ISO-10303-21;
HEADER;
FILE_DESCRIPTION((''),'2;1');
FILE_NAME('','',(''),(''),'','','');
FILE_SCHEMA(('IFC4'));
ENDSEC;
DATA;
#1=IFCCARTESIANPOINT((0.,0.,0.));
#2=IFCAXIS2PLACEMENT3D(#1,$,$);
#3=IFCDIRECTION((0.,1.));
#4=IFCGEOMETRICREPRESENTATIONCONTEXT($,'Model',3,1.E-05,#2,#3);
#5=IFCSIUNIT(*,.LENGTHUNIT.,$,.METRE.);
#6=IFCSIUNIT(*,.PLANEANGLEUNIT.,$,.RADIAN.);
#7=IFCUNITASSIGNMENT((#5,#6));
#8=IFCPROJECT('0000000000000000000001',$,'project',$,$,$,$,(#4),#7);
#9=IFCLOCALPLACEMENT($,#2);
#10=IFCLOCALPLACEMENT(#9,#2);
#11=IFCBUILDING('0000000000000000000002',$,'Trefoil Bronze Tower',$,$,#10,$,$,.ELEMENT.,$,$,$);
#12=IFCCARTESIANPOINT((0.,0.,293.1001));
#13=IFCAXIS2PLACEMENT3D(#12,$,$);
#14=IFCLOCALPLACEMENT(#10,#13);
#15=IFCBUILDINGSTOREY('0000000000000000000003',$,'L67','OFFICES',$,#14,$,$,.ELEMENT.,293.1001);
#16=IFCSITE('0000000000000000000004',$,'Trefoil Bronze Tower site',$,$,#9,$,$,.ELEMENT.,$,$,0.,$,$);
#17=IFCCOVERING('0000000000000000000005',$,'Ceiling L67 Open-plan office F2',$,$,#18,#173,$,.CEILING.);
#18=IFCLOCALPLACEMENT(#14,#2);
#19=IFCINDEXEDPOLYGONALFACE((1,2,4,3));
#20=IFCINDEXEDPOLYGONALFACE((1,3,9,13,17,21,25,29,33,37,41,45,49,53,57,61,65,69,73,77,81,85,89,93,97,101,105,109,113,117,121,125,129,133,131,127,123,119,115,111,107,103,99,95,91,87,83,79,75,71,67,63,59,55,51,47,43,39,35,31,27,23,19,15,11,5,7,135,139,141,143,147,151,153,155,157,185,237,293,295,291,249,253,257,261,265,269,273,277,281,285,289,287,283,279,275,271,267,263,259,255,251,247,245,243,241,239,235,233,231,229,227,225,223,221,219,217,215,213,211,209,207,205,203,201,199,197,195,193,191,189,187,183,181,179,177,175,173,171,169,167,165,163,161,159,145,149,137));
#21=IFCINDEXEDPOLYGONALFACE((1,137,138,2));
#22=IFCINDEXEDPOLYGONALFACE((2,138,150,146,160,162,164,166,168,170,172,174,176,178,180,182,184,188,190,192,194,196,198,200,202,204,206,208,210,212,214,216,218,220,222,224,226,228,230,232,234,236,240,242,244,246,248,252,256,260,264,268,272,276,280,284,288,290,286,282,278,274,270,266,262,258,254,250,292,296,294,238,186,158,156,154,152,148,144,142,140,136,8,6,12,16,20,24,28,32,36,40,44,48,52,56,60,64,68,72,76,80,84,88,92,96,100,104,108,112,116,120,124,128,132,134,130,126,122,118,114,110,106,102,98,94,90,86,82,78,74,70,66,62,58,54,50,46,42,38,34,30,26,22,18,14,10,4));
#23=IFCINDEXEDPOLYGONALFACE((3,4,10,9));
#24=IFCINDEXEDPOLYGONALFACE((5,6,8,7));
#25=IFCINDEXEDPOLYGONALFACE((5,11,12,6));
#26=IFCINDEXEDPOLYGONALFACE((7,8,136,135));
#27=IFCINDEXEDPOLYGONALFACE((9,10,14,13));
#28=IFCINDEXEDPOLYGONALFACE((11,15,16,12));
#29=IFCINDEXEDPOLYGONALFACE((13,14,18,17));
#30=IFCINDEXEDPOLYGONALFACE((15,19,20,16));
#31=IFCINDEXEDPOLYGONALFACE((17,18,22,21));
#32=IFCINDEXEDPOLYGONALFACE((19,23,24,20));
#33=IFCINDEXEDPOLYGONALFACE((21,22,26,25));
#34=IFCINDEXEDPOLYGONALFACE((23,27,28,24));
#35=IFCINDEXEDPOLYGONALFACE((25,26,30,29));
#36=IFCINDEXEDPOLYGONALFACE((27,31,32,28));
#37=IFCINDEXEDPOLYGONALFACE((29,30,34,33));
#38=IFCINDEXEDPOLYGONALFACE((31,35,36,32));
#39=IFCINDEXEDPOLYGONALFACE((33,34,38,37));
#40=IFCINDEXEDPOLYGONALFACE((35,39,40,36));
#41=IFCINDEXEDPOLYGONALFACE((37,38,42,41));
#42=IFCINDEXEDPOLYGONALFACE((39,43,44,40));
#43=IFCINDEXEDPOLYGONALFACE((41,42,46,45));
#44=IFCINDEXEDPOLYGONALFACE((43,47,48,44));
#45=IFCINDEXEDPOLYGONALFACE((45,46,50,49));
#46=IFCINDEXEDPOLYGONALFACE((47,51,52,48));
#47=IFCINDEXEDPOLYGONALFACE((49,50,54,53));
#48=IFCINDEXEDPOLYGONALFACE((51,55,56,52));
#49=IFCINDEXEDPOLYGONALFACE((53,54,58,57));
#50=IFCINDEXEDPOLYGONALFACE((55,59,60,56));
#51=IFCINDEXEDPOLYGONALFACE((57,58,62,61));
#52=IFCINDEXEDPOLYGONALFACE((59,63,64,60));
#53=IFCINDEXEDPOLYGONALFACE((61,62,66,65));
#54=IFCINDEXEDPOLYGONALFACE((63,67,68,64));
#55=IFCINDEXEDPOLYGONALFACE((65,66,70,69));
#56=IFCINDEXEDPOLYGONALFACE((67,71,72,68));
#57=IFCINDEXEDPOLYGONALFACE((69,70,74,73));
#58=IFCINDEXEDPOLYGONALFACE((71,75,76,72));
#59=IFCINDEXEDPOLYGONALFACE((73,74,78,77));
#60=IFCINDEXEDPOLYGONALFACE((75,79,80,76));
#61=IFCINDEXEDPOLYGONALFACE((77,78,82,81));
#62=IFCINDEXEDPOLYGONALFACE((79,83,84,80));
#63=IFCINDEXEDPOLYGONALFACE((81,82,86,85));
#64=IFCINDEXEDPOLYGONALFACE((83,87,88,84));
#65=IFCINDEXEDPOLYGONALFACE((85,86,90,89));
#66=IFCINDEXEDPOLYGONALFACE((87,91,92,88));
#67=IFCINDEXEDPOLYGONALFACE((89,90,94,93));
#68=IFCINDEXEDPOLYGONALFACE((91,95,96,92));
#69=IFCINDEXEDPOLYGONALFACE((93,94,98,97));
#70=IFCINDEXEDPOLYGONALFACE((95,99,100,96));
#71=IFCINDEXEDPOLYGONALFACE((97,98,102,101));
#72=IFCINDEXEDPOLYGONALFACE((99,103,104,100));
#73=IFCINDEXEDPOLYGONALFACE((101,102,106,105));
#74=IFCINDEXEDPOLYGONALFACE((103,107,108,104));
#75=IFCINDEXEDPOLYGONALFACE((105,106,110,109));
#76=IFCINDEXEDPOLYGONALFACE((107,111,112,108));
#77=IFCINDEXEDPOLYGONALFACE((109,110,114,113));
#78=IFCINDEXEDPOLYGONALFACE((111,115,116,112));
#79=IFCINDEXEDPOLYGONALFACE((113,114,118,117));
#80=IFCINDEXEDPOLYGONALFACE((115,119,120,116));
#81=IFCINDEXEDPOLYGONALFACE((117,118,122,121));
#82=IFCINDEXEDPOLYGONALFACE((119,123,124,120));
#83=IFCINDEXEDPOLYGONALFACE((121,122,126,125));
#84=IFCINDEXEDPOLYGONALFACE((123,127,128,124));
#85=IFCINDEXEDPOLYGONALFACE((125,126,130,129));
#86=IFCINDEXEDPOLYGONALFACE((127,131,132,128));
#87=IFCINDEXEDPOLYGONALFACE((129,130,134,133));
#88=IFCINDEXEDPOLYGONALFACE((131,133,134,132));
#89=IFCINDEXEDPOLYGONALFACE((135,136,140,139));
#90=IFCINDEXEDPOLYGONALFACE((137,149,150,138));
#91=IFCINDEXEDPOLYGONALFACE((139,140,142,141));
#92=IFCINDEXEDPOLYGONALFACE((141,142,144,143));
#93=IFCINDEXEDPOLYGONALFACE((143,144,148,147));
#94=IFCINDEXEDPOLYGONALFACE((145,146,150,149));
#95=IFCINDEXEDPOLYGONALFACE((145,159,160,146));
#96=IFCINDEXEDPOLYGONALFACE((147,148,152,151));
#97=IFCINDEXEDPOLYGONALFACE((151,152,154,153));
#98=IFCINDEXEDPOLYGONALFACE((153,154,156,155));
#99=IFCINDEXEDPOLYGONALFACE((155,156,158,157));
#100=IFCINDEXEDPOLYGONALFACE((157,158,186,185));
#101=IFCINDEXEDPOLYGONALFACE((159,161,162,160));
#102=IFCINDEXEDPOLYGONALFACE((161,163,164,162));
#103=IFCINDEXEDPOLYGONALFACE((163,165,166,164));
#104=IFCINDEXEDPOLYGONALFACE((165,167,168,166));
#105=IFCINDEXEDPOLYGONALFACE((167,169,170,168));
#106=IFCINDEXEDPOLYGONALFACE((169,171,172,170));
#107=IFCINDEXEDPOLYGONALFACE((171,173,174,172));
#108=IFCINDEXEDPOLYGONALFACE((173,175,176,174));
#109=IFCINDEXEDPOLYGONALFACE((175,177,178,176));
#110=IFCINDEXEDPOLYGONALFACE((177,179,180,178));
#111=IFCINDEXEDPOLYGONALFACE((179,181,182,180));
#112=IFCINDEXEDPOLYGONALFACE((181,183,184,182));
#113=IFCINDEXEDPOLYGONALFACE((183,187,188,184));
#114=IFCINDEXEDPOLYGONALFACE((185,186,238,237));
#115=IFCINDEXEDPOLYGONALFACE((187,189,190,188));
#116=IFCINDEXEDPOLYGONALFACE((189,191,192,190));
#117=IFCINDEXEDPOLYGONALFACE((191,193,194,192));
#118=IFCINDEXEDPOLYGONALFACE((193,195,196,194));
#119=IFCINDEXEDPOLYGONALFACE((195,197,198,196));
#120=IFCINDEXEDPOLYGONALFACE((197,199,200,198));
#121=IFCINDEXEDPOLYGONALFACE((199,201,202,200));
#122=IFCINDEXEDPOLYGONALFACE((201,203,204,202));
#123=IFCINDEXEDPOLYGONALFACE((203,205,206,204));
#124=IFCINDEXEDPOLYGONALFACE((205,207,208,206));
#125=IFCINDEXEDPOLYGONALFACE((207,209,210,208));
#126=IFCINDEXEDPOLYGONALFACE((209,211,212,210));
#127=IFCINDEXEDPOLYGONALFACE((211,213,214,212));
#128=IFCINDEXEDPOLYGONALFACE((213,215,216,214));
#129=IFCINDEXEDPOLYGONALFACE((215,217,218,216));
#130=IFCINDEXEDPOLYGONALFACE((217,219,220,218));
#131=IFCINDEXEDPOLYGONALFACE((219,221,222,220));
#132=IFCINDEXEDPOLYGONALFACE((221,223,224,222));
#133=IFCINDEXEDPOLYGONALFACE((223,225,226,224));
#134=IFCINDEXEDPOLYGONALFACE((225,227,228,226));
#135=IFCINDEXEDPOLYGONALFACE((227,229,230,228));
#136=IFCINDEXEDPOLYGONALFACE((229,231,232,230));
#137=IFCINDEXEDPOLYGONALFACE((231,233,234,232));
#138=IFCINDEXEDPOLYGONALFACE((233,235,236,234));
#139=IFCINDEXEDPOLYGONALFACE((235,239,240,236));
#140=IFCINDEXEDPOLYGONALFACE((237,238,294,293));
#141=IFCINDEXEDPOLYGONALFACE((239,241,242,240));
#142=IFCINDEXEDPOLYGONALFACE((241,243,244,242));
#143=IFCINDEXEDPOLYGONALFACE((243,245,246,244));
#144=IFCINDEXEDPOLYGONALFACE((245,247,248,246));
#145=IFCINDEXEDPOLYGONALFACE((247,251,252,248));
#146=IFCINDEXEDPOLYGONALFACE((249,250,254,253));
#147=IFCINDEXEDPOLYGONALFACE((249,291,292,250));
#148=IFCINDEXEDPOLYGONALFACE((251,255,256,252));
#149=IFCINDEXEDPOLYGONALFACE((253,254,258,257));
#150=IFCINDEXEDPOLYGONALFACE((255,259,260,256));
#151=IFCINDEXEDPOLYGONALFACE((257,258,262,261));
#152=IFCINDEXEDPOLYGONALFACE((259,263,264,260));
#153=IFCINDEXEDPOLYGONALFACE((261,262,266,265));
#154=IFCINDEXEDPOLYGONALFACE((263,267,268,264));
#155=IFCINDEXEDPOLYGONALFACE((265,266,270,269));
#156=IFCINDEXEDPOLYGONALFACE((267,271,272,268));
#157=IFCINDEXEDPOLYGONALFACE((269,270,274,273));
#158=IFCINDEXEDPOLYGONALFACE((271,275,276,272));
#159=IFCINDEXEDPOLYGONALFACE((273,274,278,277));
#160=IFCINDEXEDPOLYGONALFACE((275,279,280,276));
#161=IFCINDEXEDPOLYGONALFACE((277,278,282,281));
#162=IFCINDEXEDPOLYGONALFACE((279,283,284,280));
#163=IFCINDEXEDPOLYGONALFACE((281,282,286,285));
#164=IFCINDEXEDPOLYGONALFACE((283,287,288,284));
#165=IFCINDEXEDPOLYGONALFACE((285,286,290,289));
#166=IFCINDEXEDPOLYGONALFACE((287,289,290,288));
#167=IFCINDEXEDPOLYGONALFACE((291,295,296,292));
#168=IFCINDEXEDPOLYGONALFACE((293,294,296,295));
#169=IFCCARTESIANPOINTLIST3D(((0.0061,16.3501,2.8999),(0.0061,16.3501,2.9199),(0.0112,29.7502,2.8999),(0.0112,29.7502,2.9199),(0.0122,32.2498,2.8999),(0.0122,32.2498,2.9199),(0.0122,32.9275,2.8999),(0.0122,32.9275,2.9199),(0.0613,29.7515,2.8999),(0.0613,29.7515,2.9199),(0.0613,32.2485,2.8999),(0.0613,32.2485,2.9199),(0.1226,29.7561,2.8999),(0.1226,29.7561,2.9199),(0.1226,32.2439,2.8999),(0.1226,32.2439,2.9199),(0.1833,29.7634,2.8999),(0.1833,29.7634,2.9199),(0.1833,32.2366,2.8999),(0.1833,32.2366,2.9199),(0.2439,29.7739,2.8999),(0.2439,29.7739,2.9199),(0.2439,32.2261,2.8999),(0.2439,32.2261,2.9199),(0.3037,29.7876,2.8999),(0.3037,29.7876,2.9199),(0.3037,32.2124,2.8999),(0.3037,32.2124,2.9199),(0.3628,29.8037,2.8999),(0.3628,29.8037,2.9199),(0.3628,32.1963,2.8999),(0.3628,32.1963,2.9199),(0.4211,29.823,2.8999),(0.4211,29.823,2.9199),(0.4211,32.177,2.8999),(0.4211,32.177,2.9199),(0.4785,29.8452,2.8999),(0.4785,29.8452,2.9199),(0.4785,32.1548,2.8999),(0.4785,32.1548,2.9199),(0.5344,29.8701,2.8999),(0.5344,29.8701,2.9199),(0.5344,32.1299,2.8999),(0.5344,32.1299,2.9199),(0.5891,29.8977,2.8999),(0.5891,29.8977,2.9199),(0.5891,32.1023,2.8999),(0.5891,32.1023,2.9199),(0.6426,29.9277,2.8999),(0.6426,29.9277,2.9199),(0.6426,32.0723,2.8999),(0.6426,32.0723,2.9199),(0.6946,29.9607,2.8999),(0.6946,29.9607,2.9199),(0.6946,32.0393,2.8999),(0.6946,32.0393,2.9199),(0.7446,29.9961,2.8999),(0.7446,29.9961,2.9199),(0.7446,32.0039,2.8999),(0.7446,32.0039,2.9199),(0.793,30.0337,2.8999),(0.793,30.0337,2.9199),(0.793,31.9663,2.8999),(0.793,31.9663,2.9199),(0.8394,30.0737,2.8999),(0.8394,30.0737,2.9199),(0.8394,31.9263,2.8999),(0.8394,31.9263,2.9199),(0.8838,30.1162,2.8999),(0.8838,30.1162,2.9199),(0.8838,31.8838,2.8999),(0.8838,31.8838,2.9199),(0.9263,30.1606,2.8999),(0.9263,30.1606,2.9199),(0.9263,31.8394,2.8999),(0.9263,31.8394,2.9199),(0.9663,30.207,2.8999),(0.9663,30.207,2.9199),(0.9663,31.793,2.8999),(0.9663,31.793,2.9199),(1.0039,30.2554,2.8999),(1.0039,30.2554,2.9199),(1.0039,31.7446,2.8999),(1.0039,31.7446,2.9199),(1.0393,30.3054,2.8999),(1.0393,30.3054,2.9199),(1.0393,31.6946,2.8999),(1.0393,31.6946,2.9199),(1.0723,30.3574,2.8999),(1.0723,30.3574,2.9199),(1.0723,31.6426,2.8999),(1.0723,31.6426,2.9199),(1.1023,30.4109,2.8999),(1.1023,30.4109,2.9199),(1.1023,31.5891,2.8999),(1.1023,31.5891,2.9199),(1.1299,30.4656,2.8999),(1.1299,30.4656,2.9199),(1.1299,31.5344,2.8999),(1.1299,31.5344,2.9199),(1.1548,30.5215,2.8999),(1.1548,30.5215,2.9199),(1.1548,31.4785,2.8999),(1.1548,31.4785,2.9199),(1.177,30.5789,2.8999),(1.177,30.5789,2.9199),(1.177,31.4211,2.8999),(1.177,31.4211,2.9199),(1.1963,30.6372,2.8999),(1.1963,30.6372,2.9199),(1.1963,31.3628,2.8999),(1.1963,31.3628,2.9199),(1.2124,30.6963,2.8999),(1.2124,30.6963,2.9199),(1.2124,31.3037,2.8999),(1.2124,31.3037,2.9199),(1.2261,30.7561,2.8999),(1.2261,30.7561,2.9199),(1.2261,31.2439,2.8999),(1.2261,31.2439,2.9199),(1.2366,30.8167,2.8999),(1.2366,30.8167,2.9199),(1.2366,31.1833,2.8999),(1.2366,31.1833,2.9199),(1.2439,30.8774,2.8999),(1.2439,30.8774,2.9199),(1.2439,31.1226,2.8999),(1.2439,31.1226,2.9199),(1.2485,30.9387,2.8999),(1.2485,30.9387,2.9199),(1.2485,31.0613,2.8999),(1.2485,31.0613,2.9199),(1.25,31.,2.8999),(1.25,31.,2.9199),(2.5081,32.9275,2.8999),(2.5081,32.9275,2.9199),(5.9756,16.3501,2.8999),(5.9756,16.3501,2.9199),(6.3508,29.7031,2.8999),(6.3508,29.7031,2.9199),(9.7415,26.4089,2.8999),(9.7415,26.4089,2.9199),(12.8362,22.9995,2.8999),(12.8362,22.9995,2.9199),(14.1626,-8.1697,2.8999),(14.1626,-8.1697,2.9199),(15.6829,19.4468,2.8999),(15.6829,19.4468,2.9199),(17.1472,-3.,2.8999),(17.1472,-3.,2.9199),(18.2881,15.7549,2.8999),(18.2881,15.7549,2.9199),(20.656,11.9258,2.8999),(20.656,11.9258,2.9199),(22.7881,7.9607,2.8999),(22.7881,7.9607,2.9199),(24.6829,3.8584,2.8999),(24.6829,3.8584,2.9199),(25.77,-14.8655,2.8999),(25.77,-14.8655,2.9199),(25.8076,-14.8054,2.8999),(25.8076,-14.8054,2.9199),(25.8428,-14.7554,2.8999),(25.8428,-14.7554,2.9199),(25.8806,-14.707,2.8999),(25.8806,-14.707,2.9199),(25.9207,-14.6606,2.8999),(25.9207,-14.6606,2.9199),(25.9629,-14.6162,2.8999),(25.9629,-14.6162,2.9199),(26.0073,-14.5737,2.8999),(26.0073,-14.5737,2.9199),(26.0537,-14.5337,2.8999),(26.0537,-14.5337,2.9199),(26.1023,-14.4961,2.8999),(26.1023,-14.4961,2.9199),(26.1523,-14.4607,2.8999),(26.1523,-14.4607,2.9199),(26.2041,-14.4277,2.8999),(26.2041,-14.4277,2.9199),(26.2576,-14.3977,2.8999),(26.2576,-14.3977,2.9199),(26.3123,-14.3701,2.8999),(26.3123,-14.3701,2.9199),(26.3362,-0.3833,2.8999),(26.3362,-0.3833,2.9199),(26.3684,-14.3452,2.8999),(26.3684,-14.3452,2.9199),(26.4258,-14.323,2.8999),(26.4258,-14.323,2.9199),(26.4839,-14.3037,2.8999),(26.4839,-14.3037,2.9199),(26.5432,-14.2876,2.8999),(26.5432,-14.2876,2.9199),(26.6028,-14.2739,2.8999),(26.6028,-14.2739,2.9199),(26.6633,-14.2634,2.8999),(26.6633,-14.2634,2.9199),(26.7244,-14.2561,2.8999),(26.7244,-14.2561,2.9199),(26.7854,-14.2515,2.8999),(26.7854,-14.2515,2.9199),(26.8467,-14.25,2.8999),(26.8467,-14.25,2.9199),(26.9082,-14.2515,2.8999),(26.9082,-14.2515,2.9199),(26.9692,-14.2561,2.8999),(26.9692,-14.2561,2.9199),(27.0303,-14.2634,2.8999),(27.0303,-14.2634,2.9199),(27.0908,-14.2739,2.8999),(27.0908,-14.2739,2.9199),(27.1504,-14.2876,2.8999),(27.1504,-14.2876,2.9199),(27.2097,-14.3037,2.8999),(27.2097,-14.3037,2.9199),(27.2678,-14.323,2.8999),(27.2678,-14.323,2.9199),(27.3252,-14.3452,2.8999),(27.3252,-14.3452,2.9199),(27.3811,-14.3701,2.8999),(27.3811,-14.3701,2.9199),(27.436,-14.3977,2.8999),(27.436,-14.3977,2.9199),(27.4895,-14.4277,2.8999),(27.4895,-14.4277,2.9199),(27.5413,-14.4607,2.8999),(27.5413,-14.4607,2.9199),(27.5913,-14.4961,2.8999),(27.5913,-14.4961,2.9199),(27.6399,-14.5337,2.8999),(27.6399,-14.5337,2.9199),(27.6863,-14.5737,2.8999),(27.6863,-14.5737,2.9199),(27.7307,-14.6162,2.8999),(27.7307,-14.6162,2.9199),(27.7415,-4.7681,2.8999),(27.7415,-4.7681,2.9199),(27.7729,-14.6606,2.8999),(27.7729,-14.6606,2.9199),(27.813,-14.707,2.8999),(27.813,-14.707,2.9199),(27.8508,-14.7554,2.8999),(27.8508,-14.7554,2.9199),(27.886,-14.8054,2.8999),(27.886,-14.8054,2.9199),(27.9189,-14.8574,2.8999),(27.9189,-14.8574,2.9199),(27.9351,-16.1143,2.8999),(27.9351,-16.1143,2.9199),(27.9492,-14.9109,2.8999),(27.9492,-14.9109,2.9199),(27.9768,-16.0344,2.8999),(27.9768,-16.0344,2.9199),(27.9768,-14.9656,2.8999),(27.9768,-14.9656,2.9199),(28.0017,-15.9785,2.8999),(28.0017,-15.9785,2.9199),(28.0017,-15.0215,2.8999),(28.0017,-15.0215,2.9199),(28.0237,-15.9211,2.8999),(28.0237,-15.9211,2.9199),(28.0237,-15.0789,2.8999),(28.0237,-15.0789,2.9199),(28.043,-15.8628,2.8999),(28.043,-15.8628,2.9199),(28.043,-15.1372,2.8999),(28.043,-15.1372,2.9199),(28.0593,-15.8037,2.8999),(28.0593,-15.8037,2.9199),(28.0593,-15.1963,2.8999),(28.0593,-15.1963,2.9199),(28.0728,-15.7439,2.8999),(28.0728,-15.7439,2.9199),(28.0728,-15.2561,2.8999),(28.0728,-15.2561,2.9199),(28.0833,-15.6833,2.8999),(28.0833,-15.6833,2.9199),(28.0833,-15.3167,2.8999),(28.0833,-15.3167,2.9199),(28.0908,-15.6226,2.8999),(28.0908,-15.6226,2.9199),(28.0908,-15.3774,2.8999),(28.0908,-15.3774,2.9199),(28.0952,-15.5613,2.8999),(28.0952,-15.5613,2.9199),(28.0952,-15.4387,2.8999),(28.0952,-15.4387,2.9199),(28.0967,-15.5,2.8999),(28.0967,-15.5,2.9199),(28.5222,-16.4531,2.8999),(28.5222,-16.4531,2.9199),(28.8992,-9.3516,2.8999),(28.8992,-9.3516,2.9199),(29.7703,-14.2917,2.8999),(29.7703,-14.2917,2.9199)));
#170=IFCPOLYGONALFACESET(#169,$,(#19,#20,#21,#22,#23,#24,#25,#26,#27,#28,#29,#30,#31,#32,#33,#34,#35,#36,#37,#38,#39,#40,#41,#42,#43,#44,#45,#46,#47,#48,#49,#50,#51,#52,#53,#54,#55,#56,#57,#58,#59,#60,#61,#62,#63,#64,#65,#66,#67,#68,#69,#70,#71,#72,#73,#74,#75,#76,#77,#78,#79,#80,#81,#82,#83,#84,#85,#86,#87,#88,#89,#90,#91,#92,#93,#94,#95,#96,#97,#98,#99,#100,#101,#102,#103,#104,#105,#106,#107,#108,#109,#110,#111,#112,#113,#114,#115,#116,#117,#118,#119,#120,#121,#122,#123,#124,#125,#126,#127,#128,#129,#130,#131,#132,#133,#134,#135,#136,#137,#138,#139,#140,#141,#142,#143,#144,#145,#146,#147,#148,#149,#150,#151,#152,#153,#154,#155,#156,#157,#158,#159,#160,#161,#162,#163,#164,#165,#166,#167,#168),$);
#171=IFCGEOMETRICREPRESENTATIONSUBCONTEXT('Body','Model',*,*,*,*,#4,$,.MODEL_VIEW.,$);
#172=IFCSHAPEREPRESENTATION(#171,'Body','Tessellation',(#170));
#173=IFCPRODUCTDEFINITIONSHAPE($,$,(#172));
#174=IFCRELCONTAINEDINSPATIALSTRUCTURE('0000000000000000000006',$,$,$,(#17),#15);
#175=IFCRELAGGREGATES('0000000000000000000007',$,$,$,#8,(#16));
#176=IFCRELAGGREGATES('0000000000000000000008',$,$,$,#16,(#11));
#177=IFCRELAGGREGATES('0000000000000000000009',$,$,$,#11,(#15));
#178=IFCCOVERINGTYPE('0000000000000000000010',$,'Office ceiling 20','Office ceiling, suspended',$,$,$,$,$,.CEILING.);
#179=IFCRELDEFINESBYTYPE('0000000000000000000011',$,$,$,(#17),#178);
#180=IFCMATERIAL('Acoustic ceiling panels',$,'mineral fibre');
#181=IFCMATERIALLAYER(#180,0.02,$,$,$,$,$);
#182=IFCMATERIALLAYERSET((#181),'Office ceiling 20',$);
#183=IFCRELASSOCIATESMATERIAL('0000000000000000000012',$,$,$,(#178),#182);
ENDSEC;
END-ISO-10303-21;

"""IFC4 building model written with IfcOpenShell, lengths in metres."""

from ifc_helpers import new_model, si_unit, direction, frame, origin, place, context, subcontext, project, spatial, polyline, outline, extrude, material, layer, layer_set, type_object, element, save


model = new_model("IFC4")

# Units and contexts
model_context = context("Model", 3, precision=1e-05, world=origin(), true_north=direction((0.0, 1.0)))
body_context = subcontext(model_context, "Body", "Model", "MODEL_VIEW")
ifc_project = project(units=[si_unit("LENGTHUNIT", "METRE"), si_unit("PLANEANGLEUNIT", "RADIAN")], contexts=[model_context])

# Site, building, storey
site_placement = place(None, origin())
site = spatial("IfcSite", under=ifc_project, at=site_placement, Name="Trefoil Bronze Tower site", CompositionType="ELEMENT", RefElevation=0.0)
building_placement = place(site_placement, origin())
building = spatial("IfcBuilding", under=site, at=building_placement, Name="Trefoil Bronze Tower", CompositionType="ELEMENT")
storey_placement = place(building_placement, frame((0.0, 0.0, 293.1001)))
storey = spatial("IfcBuildingStorey", under=building, at=storey_placement, Name="L67", Description="OFFICES", CompositionType="ELEMENT", Elevation=293.1001)

# Covering
ifc_material_1 = material(Name="Acoustic ceiling panels", Category="mineral fibre")
ifc_layer_1 = layer(ifc_material_1, 0.02)
ifc_layer_set_1 = layer_set([ifc_layer_1], Name="Office ceiling 20")
covering_type_1 = type_object("IfcCoveringType", Name="Office ceiling 20", Description="Office ceiling, suspended", PredefinedType="CEILING", material=ifc_layer_set_1)
covering_1_placement = place(storey_placement, frame((0.0, 0.0, 2.8999)))
element("IfcCovering", 1, at=covering_1_placement, inside=storey, type_object=covering_type_1, Name="Ceiling L67 Open-plan office F2", PredefinedType="CEILING", context=body_context, shape_type="SweptSolid", body=[
    extrude(outline(polyline([(9.7415, 26.4089), (12.8362, 22.9995), (15.6829, 19.4468), (18.2881, 15.7549), (20.656, 11.9258), (22.7881, 7.9607), (24.6829, 3.8584), (26.3362, -0.3833), (27.7415, -4.7681), (28.8992, -9.3516), (29.7703, -14.2917), (28.5222, -16.4531), (27.9351, -16.1143), (27.9768, -16.0344), (28.0017, -15.9785), (28.0237, -15.9211), (28.043, -15.8628), (28.0593, -15.8037), (28.0728, -15.7439), (28.0833, -15.6833), (28.0908, -15.6226), (28.0952, -15.5613), (28.0967, -15.5), (28.0952, -15.4387), (28.0908, -15.3774), (28.0833, -15.3167), (28.0728, -15.2561), (28.0593, -15.1963), (28.043, -15.1372), (28.0237, -15.0789), (28.0017, -15.0215), (27.9768, -14.9656), (27.9492, -14.9109), (27.9189, -14.8574), (27.886, -14.8054), (27.8508, -14.7554), (27.813, -14.707), (27.7729, -14.6606), (27.7307, -14.6162), (27.6863, -14.5737), (27.6399, -14.5337), (27.5913, -14.4961), (27.5413, -14.4607), (27.4895, -14.4277), (27.436, -14.3977), (27.3811, -14.3701), (27.3252, -14.3452), (27.2678, -14.323), (27.2097, -14.3037), (27.1504, -14.2876), (27.0908, -14.2739), (27.0303, -14.2634), (26.9692, -14.2561), (26.9082, -14.2515), (26.8467, -14.25), (26.7854, -14.2515), (26.7244, -14.2561), (26.6633, -14.2634), (26.6028, -14.2739), (26.5432, -14.2876), (26.4839, -14.3037), (26.4258, -14.323), (26.3684, -14.3452), (26.3123, -14.3701), (26.2576, -14.3977), (26.2041, -14.4277), (26.1523, -14.4607), (26.1023, -14.4961), (26.0537, -14.5337), (26.0073, -14.5737), (25.9629, -14.6162), (25.9207, -14.6606), (25.8806, -14.707), (25.8428, -14.7554), (25.8076, -14.8054), (25.77, -14.8655), (14.1626, -8.1697), (17.1472, -3.0), (5.9756, 16.3501), (0.0061, 16.3501), (0.0112, 29.7502), (0.0613, 29.7515), (0.1226, 29.7561), (0.1833, 29.7634), (0.2439, 29.7739), (0.3037, 29.7876), (0.3628, 29.8037), (0.4211, 29.823), (0.4785, 29.8452), (0.5344, 29.8701), (0.5891, 29.8977), (0.6426, 29.9277), (0.6946, 29.9607), (0.7446, 29.9961), (0.793, 30.0337), (0.8394, 30.0737), (0.8838, 30.1162), (0.9263, 30.1606), (0.9663, 30.207), (1.0039, 30.2554), (1.0393, 30.3054), (1.0723, 30.3574), (1.1023, 30.4109), (1.1299, 30.4656), (1.1548, 30.5215), (1.177, 30.5789), (1.1963, 30.6372), (1.2124, 30.6963), (1.2261, 30.7561), (1.2366, 30.8167), (1.2439, 30.8774), (1.2485, 30.9387), (1.25, 31.0), (1.2485, 31.0613), (1.2439, 31.1226), (1.2366, 31.1833), (1.2261, 31.2439), (1.2124, 31.3037), (1.1963, 31.3628), (1.177, 31.4211), (1.1548, 31.4785), (1.1299, 31.5344), (1.1023, 31.5891), (1.0723, 31.6426), (1.0393, 31.6946), (1.0039, 31.7446), (0.9663, 31.793), (0.9263, 31.8394), (0.8838, 31.8838), (0.8394, 31.9263), (0.793, 31.9663), (0.7446, 32.0039), (0.6946, 32.0393), (0.6426, 32.0723), (0.5891, 32.1023), (0.5344, 32.1299), (0.4785, 32.1548), (0.4211, 32.177), (0.3628, 32.1963), (0.3037, 32.2124), (0.2439, 32.2261), (0.1833, 32.2366), (0.1226, 32.2439), (0.0613, 32.2485), (0.0122, 32.2498), (0.0122, 32.9275), (2.5081, 32.9275), (6.3508, 29.7031), (9.7415, 26.4089)])), origin(), (0.0, 0.0, 1.0), 0.02),
])

save(model, "model.ifc")
